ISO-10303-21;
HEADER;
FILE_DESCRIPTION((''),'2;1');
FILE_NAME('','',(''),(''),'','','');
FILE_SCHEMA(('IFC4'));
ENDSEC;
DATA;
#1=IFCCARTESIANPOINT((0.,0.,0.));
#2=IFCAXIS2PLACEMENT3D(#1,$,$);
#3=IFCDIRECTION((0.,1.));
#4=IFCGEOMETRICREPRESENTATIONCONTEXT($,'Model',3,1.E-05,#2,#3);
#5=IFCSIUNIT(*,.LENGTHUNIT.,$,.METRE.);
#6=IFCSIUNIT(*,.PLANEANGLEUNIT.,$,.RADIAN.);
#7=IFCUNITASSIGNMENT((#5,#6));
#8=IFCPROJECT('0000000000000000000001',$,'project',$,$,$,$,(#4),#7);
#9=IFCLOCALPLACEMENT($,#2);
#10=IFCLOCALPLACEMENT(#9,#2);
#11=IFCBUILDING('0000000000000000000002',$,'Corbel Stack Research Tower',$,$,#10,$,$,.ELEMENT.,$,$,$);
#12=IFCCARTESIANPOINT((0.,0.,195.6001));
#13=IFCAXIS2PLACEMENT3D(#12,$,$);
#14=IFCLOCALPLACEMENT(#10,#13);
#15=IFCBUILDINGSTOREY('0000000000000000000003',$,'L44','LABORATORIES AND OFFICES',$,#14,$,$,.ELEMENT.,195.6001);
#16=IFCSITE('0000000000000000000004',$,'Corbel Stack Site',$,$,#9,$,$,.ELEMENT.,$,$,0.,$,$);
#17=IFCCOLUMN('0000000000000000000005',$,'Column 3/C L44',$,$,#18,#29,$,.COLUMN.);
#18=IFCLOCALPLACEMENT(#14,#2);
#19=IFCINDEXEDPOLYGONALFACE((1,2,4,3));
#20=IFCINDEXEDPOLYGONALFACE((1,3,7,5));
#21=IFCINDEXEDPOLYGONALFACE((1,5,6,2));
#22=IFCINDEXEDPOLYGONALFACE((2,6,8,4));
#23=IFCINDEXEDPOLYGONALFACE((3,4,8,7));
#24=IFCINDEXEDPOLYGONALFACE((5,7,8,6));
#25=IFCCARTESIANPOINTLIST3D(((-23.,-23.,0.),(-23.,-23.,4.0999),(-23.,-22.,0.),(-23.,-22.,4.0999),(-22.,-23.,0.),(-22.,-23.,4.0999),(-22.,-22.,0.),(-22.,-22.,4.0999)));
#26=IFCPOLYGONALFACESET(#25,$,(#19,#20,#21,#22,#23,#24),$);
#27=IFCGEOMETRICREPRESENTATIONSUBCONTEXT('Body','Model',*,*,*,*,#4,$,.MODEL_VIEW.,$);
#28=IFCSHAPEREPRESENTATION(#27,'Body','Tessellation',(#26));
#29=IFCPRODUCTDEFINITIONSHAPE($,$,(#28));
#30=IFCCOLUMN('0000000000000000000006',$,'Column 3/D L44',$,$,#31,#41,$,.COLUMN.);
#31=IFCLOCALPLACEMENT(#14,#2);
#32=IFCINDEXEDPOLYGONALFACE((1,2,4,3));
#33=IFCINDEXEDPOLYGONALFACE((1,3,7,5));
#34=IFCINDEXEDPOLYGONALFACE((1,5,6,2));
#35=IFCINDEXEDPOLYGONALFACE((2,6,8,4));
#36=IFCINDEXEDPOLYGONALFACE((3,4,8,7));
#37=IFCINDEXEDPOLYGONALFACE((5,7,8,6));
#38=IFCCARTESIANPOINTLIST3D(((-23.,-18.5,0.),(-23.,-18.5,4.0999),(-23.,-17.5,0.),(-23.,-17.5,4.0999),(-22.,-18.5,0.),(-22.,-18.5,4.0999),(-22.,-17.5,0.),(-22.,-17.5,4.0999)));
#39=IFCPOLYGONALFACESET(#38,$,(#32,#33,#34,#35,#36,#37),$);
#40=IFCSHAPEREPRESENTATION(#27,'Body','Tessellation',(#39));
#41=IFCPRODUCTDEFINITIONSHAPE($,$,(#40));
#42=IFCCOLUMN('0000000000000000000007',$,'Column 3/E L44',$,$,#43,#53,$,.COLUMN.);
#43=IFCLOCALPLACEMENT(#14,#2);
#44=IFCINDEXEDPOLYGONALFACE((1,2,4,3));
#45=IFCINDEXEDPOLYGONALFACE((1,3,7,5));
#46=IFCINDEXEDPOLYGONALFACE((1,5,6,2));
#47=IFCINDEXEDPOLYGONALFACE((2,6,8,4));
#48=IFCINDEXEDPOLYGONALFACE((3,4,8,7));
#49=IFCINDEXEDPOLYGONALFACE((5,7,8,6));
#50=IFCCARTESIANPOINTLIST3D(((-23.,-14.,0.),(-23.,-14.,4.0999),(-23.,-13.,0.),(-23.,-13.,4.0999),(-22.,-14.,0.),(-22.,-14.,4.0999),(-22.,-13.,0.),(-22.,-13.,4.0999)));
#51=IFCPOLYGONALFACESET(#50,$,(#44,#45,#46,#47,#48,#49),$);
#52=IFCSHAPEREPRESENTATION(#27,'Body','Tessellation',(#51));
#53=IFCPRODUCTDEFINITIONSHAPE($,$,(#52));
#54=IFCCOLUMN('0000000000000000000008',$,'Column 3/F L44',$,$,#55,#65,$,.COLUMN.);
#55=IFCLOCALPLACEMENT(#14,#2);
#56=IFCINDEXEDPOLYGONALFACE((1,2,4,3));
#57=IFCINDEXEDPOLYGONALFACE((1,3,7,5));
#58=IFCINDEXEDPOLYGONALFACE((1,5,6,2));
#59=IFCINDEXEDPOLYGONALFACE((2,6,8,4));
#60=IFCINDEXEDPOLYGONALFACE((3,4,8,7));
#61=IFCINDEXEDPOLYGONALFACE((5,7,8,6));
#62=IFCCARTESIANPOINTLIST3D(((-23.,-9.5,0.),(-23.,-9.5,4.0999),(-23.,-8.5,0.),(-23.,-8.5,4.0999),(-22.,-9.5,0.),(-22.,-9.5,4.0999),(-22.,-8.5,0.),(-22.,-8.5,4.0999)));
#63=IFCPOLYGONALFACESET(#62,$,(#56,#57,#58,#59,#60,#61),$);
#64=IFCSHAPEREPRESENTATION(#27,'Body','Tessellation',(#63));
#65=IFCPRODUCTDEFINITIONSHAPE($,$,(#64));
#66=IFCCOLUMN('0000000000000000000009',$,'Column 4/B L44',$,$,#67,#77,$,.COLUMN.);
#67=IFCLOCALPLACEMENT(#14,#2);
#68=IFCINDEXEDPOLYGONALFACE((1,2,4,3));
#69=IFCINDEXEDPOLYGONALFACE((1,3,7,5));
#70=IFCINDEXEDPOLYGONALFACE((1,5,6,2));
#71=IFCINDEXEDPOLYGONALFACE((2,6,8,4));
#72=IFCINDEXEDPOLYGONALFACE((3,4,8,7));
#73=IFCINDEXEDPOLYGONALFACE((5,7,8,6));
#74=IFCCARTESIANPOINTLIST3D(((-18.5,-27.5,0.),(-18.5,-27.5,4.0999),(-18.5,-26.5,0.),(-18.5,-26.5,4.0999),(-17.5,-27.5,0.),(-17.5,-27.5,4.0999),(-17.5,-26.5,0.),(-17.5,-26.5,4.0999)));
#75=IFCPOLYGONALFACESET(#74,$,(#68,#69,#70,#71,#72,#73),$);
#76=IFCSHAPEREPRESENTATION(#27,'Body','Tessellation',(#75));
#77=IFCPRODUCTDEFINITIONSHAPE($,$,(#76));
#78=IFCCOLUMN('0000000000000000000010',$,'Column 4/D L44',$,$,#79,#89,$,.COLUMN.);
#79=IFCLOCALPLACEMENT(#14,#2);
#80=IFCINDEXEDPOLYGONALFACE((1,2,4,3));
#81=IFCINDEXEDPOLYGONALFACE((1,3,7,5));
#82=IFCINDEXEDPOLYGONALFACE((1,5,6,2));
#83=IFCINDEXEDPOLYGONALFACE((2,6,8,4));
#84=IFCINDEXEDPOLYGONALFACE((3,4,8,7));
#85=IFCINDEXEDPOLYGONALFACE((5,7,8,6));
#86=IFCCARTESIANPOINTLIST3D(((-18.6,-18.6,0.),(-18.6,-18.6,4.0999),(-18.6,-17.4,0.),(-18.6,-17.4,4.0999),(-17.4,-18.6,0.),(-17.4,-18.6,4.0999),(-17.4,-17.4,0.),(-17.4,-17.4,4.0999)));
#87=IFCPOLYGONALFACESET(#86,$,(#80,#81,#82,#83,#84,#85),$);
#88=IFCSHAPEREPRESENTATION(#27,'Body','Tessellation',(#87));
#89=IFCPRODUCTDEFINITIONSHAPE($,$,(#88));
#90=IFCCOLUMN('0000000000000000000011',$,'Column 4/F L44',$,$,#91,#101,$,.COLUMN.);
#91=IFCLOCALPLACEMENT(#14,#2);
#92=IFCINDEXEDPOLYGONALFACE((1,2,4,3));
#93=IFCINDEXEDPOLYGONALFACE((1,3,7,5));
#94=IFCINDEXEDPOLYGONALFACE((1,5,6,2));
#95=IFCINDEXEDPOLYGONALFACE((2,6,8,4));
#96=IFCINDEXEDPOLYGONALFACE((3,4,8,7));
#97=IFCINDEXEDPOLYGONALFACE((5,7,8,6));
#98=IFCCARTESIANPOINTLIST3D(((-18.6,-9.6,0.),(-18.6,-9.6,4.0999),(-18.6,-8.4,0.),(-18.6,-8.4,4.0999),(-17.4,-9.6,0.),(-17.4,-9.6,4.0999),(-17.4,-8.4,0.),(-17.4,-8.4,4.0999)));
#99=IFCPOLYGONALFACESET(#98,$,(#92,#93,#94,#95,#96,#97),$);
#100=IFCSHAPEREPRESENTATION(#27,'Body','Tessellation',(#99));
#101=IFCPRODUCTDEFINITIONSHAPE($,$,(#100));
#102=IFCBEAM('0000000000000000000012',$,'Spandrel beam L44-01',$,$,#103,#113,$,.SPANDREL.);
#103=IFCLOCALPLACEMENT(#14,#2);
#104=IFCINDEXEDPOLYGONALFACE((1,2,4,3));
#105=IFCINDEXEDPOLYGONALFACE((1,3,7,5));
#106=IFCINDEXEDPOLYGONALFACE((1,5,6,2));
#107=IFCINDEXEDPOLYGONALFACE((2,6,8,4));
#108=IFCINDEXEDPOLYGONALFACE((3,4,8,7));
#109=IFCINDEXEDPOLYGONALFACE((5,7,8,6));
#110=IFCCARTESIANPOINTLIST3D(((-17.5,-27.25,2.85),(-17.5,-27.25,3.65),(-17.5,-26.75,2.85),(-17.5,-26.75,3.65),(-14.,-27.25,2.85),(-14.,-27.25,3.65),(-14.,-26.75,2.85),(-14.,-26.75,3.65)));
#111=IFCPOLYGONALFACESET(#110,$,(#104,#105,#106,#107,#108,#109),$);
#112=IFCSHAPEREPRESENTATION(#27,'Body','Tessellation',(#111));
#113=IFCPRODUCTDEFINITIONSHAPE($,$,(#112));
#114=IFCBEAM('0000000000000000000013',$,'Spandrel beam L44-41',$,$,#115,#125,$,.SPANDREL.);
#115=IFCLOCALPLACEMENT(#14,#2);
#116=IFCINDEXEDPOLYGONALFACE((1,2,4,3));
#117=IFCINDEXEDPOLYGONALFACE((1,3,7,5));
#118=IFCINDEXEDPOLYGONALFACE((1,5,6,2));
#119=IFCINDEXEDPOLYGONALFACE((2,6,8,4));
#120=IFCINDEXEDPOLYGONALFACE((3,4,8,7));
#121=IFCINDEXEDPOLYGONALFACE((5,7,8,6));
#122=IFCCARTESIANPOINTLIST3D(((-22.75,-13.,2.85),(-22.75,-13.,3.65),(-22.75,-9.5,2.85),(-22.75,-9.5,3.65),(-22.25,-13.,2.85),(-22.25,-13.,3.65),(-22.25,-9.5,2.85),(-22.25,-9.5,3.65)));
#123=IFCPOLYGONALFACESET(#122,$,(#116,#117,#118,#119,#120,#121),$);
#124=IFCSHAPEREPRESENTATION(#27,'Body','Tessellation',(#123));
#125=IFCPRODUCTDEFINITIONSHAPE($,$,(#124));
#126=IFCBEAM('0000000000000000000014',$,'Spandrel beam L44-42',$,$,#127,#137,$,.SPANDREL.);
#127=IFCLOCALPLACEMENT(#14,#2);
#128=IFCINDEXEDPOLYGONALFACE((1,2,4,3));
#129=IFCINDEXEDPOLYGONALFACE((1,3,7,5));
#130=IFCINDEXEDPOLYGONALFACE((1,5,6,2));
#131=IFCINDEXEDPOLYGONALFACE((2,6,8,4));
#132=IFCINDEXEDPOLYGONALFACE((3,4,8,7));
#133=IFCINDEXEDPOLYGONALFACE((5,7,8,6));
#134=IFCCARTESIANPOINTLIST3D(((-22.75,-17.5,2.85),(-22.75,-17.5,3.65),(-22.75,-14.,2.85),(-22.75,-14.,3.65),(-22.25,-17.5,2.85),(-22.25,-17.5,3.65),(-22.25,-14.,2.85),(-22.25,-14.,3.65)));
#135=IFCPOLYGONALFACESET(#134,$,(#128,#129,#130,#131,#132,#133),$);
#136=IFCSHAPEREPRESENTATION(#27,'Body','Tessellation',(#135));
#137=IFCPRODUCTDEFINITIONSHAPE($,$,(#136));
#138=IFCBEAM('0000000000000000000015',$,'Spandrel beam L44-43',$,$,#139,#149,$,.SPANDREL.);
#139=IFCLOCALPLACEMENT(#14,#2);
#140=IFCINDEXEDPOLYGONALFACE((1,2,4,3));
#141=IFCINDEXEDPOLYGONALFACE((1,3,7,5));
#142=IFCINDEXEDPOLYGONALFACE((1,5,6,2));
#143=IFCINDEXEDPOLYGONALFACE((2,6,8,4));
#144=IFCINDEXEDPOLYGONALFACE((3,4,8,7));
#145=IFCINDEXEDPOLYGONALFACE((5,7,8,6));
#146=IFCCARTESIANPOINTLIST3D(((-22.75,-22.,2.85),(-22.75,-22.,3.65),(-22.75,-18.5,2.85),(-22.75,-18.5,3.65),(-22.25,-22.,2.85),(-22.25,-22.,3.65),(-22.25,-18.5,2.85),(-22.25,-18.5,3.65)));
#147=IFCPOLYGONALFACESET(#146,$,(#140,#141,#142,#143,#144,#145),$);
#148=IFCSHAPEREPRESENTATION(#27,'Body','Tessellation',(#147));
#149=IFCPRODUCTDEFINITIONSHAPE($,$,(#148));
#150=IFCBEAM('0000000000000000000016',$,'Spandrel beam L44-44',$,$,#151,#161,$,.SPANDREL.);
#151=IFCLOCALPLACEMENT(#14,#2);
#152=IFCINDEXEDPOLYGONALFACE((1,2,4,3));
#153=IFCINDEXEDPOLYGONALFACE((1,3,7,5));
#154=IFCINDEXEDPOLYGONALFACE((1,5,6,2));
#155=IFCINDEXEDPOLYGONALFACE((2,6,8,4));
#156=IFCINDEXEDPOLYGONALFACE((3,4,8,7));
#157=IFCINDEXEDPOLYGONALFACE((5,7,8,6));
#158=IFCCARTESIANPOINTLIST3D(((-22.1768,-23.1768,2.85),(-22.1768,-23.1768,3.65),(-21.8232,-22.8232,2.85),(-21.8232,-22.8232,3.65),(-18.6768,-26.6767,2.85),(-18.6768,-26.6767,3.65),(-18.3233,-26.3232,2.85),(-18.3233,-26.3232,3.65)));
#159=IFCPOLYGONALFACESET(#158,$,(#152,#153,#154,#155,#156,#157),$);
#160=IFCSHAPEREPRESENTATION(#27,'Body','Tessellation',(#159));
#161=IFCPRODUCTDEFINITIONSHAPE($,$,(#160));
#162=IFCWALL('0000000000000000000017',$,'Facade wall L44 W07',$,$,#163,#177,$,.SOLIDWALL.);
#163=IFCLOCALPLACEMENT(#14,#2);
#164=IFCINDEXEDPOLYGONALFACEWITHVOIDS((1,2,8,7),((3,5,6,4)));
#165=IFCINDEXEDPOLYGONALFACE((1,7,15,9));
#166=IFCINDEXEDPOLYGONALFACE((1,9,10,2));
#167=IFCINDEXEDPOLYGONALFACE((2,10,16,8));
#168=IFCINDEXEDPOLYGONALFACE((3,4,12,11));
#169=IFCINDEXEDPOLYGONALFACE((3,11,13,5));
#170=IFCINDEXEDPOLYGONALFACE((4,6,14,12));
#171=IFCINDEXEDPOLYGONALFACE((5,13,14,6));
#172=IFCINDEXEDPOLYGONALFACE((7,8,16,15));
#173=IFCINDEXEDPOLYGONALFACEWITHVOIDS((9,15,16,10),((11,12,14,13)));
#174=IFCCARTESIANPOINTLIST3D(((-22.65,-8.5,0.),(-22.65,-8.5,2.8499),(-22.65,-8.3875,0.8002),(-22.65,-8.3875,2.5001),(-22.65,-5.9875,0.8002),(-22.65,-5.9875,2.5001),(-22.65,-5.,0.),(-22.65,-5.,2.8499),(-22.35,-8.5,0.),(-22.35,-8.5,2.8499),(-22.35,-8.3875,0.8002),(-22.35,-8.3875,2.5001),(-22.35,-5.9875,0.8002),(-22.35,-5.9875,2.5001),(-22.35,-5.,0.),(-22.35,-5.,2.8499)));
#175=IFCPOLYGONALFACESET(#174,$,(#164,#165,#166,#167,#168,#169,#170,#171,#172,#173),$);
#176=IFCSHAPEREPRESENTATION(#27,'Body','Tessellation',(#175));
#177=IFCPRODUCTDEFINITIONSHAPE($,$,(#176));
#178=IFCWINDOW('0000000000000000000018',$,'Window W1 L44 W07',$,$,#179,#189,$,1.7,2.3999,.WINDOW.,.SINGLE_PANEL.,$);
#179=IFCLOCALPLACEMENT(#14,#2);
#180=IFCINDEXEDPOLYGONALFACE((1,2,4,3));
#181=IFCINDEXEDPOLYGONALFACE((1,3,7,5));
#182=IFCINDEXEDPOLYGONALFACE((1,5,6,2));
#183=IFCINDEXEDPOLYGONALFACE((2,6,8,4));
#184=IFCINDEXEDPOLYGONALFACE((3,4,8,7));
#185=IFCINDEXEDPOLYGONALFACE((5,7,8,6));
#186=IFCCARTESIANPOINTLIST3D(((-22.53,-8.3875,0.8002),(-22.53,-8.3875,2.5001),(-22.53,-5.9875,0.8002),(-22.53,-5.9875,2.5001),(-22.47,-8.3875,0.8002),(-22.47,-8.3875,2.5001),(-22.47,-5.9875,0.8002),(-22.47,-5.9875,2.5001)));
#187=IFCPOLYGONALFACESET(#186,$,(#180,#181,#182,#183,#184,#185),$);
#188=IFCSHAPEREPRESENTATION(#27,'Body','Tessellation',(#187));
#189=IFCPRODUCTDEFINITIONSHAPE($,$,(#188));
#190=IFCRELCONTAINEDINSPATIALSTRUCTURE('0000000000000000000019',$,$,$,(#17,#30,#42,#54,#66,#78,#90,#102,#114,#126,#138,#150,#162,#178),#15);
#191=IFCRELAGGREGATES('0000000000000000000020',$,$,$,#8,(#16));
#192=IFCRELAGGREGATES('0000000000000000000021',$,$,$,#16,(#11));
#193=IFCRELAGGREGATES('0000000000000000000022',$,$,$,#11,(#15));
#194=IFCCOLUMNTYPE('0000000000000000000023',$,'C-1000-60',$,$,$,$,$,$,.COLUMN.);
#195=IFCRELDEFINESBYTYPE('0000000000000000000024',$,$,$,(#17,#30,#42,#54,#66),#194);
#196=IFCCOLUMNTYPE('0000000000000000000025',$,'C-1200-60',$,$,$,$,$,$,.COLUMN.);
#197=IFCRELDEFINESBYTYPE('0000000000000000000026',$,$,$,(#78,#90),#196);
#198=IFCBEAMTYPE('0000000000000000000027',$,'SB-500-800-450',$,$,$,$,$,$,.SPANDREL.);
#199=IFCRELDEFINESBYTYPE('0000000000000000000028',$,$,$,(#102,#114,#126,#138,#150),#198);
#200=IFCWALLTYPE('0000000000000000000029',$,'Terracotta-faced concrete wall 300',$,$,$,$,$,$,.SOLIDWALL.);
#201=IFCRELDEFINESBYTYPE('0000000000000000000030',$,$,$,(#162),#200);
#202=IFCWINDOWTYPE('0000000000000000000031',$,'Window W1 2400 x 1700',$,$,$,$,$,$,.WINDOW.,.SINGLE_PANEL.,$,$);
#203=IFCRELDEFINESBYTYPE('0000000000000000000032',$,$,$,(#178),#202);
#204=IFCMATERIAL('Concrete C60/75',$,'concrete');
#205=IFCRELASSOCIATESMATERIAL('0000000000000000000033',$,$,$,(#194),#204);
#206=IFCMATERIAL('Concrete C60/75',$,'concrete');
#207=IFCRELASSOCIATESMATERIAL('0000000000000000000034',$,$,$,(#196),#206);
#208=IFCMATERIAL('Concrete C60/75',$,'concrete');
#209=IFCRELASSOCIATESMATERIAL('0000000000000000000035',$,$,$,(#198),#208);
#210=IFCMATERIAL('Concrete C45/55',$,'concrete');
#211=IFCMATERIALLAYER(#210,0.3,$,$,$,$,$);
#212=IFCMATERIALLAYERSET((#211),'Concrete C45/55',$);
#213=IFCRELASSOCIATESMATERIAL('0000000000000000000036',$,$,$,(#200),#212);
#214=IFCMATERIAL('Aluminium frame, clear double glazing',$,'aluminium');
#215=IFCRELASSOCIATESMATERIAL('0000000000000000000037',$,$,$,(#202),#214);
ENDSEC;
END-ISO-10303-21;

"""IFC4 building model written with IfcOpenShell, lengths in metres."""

from ifc_helpers import new_model, si_unit, direction, frame, frame_2d, origin, origin_2d, place, context, subcontext, project, spatial, rectangle, extrude, material, layer, layer_set, material_profile, profile_set, type_object, element, fill, save


model = new_model("IFC4")

# Units and contexts
model_context = context("Model", 3, precision=1e-05, world=origin(), true_north=direction((0.0, 1.0)))
body_context = subcontext(model_context, "Body", "Model", "MODEL_VIEW")
ifc_project = project(units=[si_unit("LENGTHUNIT", "METRE"), si_unit("PLANEANGLEUNIT", "RADIAN")], contexts=[model_context])

# Site, building, storey
site_placement = place(None, origin())
site = spatial("IfcSite", under=ifc_project, at=site_placement, Name="Corbel Stack Site", CompositionType="ELEMENT", RefElevation=0.0)
building_placement = place(site_placement, origin())
building = spatial("IfcBuilding", under=site, at=building_placement, Name="Corbel Stack Research Tower", CompositionType="ELEMENT")
storey_placement = place(building_placement, frame((0.0, 0.0, 195.6001)))
storey = spatial("IfcBuildingStorey", under=building, at=storey_placement, Name="L44", Description="LABORATORIES AND OFFICES", CompositionType="ELEMENT", Elevation=195.6001)

# Columns
ifc_material_1 = material(Name="Concrete C60/75", Category="concrete")
ifc_material_profile_1 = material_profile(ifc_material_1, rectangle(XDim=1.0, YDim=1.0, at=origin_2d()), Name="RC 1000 x 1000")
ifc_profile_set_1 = profile_set([ifc_material_profile_1], Name="Concrete C60/75")
column_type_1 = type_object("IfcColumnType", Name="C-1000-60", PredefinedType="COLUMN", material=ifc_profile_set_1)
for number, where, z_axis, x_axis, name in (
    (1, (-22.5, -22.5, 0.0), (0.0, 0.0, 1.0), (1.0, 0.0, 0.0), "Column 3/C L44"),
    (2, (-22.5, -18.0, 0.0), (0.0, 0.0, 1.0), (1.0, 0.0, 0.0), "Column 3/D L44"),
    (3, (-22.5, -13.5, 0.0), (0.0, 0.0, 1.0), (1.0, 0.0, 0.0), "Column 3/E L44"),
    (4, (-22.5, -9.0, 0.0), (0.0, 0.0, 1.0), (1.0, 0.0, 0.0), "Column 3/F L44"),
    (5, (-18.0, -27.0, 0.0), (0.0, 0.0, 1.0), (1.0, 0.0, 0.0), "Column 4/B L44"),
):
    element("IfcColumn", number, at=place(storey_placement, frame(where, z_axis=z_axis, x_axis=x_axis)), inside=storey, type_object=column_type_1, Name=name, PredefinedType="COLUMN", context=body_context, shape_type="SweptSolid", body=[
        extrude(rectangle(XDim=1.0, YDim=1.0, at=origin_2d()), origin(), (0.0, 0.0, 1.0), 4.0999),
    ])
ifc_material_2 = material(Name="Concrete C60/75", Category="concrete")
ifc_material_profile_2 = material_profile(ifc_material_2, rectangle(XDim=1.2, YDim=1.2, at=origin_2d()), Name="RC 1200 x 1200")
ifc_profile_set_2 = profile_set([ifc_material_profile_2], Name="Concrete C60/75")
column_type_2 = type_object("IfcColumnType", Name="C-1200-60", PredefinedType="COLUMN", material=ifc_profile_set_2)
for number, where, z_axis, x_axis, name in (
    (6, (-18.0, -18.0, 0.0), (0.0, 0.0, 1.0), (1.0, 0.0, 0.0), "Column 4/D L44"),
    (7, (-18.0, -9.0, 0.0), (0.0, 0.0, 1.0), (1.0, 0.0, 0.0), "Column 4/F L44"),
):
    element("IfcColumn", number, at=place(storey_placement, frame(where, z_axis=z_axis, x_axis=x_axis)), inside=storey, type_object=column_type_2, Name=name, PredefinedType="COLUMN", context=body_context, shape_type="SweptSolid", body=[
        extrude(rectangle(XDim=1.2, YDim=1.2, at=origin_2d()), origin(), (0.0, 0.0, 1.0), 4.0999),
    ])

# Beams
ifc_material_3 = material(Name="Concrete C60/75", Category="concrete")
ifc_material_profile_3 = material_profile(ifc_material_3, rectangle(XDim=0.5, YDim=0.8, at=origin_2d()), Name="RC 500 x 800")
ifc_profile_set_3 = profile_set([ifc_material_profile_3], Name="Concrete C60/75")
beam_type = type_object("IfcBeamType", Name="SB-500-800-450", PredefinedType="SPANDREL", material=ifc_profile_set_3)
for number, where, z_axis, x_axis, name in (
    (8, (-17.5, -27.0, 3.25), (1.0, 0.0, 0.0), (0.0, 1.0, 0.0), "Spandrel beam L44-01"),
    (9, (-22.5, -9.5, 3.25), (0.0, -1.0, 0.0), (1.0, 0.0, 0.0), "Spandrel beam L44-41"),
    (10, (-22.5, -14.0, 3.25), (0.0, -1.0, 0.0), (1.0, 0.0, 0.0), "Spandrel beam L44-42"),
    (11, (-22.5, -18.5, 3.25), (0.0, -1.0, 0.0), (1.0, 0.0, 0.0), "Spandrel beam L44-43"),
):
    element("IfcBeam", number, at=place(storey_placement, frame(where, z_axis=z_axis, x_axis=x_axis)), inside=storey, type_object=beam_type, Name=name, PredefinedType="SPANDREL", context=body_context, shape_type="SweptSolid", body=[
        extrude(rectangle(XDim=0.5, YDim=0.8, at=origin_2d()), origin(), (0.0, 0.0, 1.0), 3.5),
    ])
beam_placement = place(storey_placement, frame((-22.0, -23.0, 3.25), z_axis=(0.707107, -0.707107, 0.0), x_axis=(0.707107, 0.707107, 0.0)))
element("IfcBeam", 12, at=beam_placement, inside=storey, type_object=beam_type, Name="Spandrel beam L44-44", PredefinedType="SPANDREL", context=body_context, shape_type="SweptSolid", body=[
    extrude(rectangle(XDim=0.5, YDim=0.8, at=origin_2d()), origin(), (0.0, 0.0, 1.0), 4.9497),
])

# Wall, opening, window
ifc_material_4 = material(Name="Concrete C45/55", Category="concrete")
ifc_layer = layer(ifc_material_4, 0.3)
ifc_layer_set = layer_set([ifc_layer], Name="Concrete C45/55")
wall_type = type_object("IfcWallType", Name="Terracotta-faced concrete wall 300", PredefinedType="SOLIDWALL", material=ifc_layer_set)
wall_1_placement = place(storey_placement, frame((-22.5, -8.5, 0.0), z_axis=(0.0, 0.0, 1.0), x_axis=(0.0, 1.0, 0.0)))
wall_1 = element("IfcWall", 13, at=wall_1_placement, inside=storey, type_object=wall_type, Name="Facade wall L44 W07", PredefinedType="SOLIDWALL", context=body_context, shape_type="SweptSolid", body=[
    extrude(rectangle(XDim=3.5, YDim=0.3, at=frame_2d((1.75, 0.0))), origin(), (0.0, 0.0, 1.0), 2.8499),
])
opening_1_placement = place(wall_1_placement, frame((0.1125, 0.0, 0.8)))
opening_1 = element("IfcOpeningElement", 14, at=opening_1_placement, cuts=wall_1, PredefinedType="OPENING", context=body_context, shape_type="SweptSolid", body=[
    extrude(rectangle(XDim=2.3999, YDim=1.7, at=frame_2d((1.2, 0.8501))), frame((0.0, 0.1599, 0.0), z_axis=(0.0, -1.0, 0.0), x_axis=(1.0, 0.0, 0.0)), (0.0, 0.0, 1.0), 0.3201),
])
ifc_material_5 = material(Name="Aluminium frame, clear double glazing", Category="aluminium")
window_type = type_object("IfcWindowType", Name="Window W1 2400 x 1700", PartitioningType="SINGLE_PANEL", PredefinedType="WINDOW", material=ifc_material_5)
window_1_placement = place(opening_1_placement, origin())
window_1 = element("IfcWindow", 15, at=window_1_placement, inside=storey, type_object=window_type, Name="Window W1 L44 W07", OverallHeight=1.7, OverallWidth=2.3999, PartitioningType="SINGLE_PANEL", PredefinedType="WINDOW", context=body_context, shape_type="SweptSolid", body=[
    extrude(rectangle(XDim=2.3999, YDim=1.7, at=frame_2d((1.2, 0.8501))), frame((0.0, 0.03, 0.0), z_axis=(0.0, -1.0, 0.0), x_axis=(1.0, 0.0, 0.0)), (0.0, 0.0, 1.0), 0.0601),
])
fill(opening_1, window_1)

save(model, "model.ifc")
